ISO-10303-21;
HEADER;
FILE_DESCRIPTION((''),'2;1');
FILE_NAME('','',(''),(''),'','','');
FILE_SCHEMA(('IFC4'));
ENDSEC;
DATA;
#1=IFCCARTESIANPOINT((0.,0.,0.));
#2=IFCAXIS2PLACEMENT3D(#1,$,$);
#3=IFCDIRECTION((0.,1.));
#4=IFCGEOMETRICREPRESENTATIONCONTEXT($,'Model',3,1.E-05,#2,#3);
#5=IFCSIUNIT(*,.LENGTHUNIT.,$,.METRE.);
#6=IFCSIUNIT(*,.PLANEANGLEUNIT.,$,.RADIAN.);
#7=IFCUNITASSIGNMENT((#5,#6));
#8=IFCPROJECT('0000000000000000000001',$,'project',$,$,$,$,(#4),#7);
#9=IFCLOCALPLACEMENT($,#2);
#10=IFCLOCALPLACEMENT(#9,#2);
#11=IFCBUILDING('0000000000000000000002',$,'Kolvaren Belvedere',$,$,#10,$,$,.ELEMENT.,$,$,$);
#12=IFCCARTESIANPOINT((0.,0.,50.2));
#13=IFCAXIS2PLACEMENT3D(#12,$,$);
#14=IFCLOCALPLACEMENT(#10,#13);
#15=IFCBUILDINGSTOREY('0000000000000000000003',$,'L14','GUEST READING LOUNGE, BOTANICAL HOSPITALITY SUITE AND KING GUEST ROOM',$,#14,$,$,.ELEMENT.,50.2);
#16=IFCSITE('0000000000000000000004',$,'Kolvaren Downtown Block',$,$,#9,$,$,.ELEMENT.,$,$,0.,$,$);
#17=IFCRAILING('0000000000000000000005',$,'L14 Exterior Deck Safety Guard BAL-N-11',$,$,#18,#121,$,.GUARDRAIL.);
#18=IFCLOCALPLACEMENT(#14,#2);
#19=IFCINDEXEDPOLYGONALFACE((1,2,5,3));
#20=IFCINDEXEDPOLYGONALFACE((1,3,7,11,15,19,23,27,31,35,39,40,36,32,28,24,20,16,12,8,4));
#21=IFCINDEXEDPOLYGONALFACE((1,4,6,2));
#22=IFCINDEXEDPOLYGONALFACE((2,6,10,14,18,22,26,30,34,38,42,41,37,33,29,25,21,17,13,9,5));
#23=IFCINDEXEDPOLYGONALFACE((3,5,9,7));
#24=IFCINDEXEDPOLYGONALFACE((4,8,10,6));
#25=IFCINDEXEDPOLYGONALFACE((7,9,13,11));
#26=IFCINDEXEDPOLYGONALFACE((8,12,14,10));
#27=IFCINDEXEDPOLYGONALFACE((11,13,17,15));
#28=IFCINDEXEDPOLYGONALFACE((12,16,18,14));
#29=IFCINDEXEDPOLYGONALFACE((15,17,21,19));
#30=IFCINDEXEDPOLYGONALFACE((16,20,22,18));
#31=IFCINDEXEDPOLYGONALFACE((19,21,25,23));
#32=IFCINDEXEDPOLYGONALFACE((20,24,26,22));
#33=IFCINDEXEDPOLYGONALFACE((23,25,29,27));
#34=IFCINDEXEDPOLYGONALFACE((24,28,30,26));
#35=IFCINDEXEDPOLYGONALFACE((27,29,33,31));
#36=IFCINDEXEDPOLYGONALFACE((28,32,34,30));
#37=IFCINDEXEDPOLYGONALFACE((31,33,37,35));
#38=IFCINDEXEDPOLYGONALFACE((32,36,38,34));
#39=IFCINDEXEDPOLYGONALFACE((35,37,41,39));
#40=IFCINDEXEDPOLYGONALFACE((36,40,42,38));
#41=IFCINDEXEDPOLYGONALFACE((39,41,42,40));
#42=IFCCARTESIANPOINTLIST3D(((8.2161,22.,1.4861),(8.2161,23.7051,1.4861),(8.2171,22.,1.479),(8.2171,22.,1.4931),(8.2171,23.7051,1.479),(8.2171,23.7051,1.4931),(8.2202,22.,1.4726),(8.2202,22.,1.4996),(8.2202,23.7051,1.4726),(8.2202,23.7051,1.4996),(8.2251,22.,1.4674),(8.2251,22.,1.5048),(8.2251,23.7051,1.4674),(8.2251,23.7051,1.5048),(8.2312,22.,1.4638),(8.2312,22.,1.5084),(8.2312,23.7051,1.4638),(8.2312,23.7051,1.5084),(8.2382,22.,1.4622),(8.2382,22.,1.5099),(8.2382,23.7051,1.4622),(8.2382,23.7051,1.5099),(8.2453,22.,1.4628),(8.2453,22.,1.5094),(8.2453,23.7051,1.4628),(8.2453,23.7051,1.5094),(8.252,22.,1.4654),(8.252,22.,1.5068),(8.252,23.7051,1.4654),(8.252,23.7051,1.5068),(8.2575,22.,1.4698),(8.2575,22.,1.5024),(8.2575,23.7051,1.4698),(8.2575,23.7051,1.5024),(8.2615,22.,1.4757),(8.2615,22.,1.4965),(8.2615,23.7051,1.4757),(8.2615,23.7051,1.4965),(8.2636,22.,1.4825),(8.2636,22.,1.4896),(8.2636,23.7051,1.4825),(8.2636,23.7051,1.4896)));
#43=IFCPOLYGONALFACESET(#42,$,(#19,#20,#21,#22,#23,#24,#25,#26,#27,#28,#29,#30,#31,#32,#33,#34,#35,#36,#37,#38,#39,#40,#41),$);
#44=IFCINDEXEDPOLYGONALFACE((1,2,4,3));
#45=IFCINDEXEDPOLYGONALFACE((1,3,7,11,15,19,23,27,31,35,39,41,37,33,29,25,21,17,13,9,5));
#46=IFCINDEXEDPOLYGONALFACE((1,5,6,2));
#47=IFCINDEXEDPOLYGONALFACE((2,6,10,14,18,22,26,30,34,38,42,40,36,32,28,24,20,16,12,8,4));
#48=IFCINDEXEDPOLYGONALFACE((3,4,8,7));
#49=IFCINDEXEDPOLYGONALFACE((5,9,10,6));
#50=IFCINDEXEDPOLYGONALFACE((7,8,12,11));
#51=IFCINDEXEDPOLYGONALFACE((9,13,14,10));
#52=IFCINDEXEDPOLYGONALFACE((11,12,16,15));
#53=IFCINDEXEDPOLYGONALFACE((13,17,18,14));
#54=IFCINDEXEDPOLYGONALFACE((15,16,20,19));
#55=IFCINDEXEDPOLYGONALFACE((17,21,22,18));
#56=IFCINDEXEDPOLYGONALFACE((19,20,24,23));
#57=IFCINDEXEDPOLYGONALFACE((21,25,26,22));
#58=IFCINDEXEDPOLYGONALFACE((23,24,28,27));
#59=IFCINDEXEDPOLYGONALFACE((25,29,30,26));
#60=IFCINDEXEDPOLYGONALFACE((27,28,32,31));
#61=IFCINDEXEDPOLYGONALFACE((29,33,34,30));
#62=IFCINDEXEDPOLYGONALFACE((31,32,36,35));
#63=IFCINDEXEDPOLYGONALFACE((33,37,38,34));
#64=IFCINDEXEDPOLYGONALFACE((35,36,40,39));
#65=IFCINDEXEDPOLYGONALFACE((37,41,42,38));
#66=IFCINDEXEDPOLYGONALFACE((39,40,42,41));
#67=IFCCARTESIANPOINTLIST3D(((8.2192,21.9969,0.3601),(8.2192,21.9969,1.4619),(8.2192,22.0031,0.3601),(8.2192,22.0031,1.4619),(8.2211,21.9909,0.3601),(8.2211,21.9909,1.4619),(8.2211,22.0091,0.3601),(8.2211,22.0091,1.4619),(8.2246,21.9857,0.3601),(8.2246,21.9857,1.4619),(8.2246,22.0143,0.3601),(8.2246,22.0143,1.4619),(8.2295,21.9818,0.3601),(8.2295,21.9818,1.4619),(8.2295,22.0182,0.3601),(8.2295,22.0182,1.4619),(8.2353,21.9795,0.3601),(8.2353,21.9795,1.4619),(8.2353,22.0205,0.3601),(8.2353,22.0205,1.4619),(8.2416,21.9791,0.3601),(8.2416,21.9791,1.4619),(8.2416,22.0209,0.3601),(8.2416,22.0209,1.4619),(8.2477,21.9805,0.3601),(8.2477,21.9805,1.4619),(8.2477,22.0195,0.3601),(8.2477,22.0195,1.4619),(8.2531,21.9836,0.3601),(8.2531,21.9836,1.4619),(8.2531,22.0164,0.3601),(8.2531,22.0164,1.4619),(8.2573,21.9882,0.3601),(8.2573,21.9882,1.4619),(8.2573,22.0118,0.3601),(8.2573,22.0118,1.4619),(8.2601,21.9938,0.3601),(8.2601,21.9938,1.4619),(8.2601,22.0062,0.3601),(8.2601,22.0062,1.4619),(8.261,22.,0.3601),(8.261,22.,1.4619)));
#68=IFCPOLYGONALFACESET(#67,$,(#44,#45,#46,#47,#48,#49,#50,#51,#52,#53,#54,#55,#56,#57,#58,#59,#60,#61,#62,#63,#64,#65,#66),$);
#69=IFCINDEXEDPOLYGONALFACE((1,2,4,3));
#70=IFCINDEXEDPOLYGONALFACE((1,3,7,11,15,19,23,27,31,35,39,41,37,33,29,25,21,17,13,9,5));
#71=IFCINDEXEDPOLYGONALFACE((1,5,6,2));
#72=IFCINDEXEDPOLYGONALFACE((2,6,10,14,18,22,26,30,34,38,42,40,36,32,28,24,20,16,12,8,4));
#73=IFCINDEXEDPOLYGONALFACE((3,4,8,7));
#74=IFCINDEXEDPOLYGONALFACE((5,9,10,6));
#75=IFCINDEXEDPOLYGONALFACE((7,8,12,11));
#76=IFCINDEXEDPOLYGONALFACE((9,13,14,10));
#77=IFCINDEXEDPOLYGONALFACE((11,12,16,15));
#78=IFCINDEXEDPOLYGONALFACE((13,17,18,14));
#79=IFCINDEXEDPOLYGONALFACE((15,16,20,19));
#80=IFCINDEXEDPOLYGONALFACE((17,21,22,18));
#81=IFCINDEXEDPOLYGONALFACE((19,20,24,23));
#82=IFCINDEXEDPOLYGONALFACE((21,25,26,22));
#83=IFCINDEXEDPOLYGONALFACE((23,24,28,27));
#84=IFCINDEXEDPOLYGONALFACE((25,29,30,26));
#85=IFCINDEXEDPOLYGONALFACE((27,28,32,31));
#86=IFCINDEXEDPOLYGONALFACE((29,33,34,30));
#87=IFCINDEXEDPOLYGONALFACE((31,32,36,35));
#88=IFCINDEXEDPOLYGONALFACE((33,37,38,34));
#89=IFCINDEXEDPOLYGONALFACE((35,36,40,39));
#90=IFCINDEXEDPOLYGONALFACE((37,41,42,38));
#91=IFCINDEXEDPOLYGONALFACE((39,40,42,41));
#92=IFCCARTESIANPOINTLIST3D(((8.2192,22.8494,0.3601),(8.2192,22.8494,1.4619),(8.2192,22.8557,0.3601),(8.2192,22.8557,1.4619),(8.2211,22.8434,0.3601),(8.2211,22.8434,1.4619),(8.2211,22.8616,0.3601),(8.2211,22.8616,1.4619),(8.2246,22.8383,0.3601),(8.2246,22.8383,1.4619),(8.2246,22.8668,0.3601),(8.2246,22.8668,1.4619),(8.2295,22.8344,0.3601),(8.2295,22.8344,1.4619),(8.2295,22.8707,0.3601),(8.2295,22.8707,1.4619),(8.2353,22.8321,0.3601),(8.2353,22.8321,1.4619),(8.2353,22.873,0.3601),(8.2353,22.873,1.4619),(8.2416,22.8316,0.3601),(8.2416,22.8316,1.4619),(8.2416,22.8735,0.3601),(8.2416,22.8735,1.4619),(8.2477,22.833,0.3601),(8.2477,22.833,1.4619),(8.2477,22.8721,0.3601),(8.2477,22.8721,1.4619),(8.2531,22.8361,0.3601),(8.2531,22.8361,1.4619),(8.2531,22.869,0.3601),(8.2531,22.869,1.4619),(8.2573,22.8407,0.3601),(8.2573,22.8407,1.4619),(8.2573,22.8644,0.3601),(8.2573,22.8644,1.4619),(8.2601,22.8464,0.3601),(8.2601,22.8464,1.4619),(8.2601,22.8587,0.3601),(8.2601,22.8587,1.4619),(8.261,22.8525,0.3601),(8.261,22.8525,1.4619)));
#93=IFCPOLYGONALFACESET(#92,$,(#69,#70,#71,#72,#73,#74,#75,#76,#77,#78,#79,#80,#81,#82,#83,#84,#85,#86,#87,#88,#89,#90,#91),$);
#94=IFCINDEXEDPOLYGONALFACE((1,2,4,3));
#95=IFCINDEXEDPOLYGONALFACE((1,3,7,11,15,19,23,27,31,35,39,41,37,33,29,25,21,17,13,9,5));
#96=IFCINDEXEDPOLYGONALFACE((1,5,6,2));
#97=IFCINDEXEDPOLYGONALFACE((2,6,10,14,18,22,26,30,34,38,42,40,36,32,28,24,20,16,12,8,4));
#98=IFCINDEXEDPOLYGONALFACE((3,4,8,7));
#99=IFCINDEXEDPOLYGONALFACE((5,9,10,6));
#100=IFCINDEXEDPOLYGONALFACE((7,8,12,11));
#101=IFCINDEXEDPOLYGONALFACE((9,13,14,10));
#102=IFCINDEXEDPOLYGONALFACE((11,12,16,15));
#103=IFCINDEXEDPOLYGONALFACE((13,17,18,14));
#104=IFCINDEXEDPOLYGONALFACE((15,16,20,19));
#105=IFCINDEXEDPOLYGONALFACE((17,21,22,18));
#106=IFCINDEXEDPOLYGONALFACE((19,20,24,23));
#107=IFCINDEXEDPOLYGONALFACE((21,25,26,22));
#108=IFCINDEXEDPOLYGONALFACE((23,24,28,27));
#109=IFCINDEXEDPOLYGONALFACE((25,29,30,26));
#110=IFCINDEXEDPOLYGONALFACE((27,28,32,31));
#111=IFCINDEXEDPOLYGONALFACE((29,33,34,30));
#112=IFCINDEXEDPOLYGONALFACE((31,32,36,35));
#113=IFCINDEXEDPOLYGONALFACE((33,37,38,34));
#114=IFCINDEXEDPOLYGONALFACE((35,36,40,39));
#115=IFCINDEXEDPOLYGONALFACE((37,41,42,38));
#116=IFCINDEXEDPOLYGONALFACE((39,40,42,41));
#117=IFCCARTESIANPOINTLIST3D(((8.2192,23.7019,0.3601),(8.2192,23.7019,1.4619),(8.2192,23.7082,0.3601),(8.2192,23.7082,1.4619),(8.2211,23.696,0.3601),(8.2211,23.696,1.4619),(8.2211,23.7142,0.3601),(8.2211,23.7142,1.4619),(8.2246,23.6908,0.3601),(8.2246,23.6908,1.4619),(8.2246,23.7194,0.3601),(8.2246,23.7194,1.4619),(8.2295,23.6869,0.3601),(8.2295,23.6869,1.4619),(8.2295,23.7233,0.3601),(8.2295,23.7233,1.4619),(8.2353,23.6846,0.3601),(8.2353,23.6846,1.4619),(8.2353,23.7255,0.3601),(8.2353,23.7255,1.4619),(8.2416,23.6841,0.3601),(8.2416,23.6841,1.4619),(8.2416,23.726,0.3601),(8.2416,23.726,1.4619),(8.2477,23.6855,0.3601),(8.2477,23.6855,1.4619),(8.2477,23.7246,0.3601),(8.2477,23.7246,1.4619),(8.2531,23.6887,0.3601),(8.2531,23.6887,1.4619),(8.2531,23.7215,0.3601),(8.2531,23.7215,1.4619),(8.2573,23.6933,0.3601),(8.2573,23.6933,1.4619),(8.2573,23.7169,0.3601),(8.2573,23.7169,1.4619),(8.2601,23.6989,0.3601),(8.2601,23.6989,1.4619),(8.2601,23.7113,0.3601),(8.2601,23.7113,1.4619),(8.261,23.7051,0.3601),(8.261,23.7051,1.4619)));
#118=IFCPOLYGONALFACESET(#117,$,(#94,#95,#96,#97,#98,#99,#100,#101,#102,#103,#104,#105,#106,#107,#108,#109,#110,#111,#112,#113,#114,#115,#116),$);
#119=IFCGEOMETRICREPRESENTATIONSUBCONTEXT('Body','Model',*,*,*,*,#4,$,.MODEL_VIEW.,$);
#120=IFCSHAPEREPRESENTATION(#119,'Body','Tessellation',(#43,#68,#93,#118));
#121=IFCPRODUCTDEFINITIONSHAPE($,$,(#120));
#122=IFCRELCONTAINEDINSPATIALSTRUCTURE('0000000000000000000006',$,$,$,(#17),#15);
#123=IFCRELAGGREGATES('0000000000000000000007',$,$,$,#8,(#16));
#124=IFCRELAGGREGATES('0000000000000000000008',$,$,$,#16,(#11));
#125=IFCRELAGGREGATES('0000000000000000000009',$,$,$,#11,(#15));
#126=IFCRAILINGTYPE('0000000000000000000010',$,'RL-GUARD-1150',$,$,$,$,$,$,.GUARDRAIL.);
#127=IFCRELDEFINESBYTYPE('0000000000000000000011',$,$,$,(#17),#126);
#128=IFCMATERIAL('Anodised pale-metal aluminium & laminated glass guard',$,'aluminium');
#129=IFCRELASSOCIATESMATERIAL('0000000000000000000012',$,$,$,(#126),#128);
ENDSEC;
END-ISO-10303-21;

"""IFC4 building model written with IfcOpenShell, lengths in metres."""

from ifc_helpers import new_model, si_unit, direction, frame, origin, origin_2d, place, context, subcontext, project, spatial, circle, extrude, material, type_object, element, save


model = new_model("IFC4")

# Units and contexts
model_context = context("Model", 3, precision=1e-05, world=origin(), true_north=direction((0.0, 1.0)))
body_context = subcontext(model_context, "Body", "Model", "MODEL_VIEW")
ifc_project = project(units=[si_unit("LENGTHUNIT", "METRE"), si_unit("PLANEANGLEUNIT", "RADIAN")], contexts=[model_context])

# Site, building, storey
site_placement = place(None, origin())
site = spatial("IfcSite", under=ifc_project, at=site_placement, Name="Kolvaren Downtown Block", CompositionType="ELEMENT", RefElevation=0.0)
building_placement = place(site_placement, origin())
building = spatial("IfcBuilding", under=site, at=building_placement, Name="Kolvaren Belvedere", CompositionType="ELEMENT")
storey_placement = place(building_placement, frame((0.0, 0.0, 50.2)))
storey = spatial("IfcBuildingStorey", under=building, at=storey_placement, Name="L14", Description="GUEST READING LOUNGE, BOTANICAL HOSPITALITY SUITE AND KING GUEST ROOM", CompositionType="ELEMENT", Elevation=50.2)

# Railing
ifc_material_1 = material(Name="Anodised pale-metal aluminium & laminated glass guard", Category="aluminium")
railing_type = type_object("IfcRailingType", Name="RL-GUARD-1150", PredefinedType="GUARDRAIL", material=ifc_material_1)
railing_1_placement = place(storey_placement, frame((8.24, 22.0, 0.3601)))
element("IfcRailing", 1, at=railing_1_placement, inside=storey, type_object=railing_type, Name="L14 Exterior Deck Safety Guard BAL-N-11", PredefinedType="GUARDRAIL", context=body_context, shape_type="SweptSolid", body=[
    extrude(circle(Radius=0.0239, at=origin_2d()), frame((0.0, 0.0, 1.126), z_axis=(0.0, 1.0, 0.0), x_axis=(-1.0, 0.0, 0.0)), (0.0, 0.0, 1.0), 1.7051),
    extrude(circle(Radius=0.021, at=origin_2d()), origin(), (0.0, 0.0, 1.0), 1.1018),
    extrude(circle(Radius=0.021, at=origin_2d()), frame((0.0, 0.8525, 0.0)), (0.0, 0.0, 1.0), 1.1018),
    extrude(circle(Radius=0.021, at=origin_2d()), frame((0.0, 1.7051, 0.0)), (0.0, 0.0, 1.0), 1.1018),
])

save(model, "model.ifc")
